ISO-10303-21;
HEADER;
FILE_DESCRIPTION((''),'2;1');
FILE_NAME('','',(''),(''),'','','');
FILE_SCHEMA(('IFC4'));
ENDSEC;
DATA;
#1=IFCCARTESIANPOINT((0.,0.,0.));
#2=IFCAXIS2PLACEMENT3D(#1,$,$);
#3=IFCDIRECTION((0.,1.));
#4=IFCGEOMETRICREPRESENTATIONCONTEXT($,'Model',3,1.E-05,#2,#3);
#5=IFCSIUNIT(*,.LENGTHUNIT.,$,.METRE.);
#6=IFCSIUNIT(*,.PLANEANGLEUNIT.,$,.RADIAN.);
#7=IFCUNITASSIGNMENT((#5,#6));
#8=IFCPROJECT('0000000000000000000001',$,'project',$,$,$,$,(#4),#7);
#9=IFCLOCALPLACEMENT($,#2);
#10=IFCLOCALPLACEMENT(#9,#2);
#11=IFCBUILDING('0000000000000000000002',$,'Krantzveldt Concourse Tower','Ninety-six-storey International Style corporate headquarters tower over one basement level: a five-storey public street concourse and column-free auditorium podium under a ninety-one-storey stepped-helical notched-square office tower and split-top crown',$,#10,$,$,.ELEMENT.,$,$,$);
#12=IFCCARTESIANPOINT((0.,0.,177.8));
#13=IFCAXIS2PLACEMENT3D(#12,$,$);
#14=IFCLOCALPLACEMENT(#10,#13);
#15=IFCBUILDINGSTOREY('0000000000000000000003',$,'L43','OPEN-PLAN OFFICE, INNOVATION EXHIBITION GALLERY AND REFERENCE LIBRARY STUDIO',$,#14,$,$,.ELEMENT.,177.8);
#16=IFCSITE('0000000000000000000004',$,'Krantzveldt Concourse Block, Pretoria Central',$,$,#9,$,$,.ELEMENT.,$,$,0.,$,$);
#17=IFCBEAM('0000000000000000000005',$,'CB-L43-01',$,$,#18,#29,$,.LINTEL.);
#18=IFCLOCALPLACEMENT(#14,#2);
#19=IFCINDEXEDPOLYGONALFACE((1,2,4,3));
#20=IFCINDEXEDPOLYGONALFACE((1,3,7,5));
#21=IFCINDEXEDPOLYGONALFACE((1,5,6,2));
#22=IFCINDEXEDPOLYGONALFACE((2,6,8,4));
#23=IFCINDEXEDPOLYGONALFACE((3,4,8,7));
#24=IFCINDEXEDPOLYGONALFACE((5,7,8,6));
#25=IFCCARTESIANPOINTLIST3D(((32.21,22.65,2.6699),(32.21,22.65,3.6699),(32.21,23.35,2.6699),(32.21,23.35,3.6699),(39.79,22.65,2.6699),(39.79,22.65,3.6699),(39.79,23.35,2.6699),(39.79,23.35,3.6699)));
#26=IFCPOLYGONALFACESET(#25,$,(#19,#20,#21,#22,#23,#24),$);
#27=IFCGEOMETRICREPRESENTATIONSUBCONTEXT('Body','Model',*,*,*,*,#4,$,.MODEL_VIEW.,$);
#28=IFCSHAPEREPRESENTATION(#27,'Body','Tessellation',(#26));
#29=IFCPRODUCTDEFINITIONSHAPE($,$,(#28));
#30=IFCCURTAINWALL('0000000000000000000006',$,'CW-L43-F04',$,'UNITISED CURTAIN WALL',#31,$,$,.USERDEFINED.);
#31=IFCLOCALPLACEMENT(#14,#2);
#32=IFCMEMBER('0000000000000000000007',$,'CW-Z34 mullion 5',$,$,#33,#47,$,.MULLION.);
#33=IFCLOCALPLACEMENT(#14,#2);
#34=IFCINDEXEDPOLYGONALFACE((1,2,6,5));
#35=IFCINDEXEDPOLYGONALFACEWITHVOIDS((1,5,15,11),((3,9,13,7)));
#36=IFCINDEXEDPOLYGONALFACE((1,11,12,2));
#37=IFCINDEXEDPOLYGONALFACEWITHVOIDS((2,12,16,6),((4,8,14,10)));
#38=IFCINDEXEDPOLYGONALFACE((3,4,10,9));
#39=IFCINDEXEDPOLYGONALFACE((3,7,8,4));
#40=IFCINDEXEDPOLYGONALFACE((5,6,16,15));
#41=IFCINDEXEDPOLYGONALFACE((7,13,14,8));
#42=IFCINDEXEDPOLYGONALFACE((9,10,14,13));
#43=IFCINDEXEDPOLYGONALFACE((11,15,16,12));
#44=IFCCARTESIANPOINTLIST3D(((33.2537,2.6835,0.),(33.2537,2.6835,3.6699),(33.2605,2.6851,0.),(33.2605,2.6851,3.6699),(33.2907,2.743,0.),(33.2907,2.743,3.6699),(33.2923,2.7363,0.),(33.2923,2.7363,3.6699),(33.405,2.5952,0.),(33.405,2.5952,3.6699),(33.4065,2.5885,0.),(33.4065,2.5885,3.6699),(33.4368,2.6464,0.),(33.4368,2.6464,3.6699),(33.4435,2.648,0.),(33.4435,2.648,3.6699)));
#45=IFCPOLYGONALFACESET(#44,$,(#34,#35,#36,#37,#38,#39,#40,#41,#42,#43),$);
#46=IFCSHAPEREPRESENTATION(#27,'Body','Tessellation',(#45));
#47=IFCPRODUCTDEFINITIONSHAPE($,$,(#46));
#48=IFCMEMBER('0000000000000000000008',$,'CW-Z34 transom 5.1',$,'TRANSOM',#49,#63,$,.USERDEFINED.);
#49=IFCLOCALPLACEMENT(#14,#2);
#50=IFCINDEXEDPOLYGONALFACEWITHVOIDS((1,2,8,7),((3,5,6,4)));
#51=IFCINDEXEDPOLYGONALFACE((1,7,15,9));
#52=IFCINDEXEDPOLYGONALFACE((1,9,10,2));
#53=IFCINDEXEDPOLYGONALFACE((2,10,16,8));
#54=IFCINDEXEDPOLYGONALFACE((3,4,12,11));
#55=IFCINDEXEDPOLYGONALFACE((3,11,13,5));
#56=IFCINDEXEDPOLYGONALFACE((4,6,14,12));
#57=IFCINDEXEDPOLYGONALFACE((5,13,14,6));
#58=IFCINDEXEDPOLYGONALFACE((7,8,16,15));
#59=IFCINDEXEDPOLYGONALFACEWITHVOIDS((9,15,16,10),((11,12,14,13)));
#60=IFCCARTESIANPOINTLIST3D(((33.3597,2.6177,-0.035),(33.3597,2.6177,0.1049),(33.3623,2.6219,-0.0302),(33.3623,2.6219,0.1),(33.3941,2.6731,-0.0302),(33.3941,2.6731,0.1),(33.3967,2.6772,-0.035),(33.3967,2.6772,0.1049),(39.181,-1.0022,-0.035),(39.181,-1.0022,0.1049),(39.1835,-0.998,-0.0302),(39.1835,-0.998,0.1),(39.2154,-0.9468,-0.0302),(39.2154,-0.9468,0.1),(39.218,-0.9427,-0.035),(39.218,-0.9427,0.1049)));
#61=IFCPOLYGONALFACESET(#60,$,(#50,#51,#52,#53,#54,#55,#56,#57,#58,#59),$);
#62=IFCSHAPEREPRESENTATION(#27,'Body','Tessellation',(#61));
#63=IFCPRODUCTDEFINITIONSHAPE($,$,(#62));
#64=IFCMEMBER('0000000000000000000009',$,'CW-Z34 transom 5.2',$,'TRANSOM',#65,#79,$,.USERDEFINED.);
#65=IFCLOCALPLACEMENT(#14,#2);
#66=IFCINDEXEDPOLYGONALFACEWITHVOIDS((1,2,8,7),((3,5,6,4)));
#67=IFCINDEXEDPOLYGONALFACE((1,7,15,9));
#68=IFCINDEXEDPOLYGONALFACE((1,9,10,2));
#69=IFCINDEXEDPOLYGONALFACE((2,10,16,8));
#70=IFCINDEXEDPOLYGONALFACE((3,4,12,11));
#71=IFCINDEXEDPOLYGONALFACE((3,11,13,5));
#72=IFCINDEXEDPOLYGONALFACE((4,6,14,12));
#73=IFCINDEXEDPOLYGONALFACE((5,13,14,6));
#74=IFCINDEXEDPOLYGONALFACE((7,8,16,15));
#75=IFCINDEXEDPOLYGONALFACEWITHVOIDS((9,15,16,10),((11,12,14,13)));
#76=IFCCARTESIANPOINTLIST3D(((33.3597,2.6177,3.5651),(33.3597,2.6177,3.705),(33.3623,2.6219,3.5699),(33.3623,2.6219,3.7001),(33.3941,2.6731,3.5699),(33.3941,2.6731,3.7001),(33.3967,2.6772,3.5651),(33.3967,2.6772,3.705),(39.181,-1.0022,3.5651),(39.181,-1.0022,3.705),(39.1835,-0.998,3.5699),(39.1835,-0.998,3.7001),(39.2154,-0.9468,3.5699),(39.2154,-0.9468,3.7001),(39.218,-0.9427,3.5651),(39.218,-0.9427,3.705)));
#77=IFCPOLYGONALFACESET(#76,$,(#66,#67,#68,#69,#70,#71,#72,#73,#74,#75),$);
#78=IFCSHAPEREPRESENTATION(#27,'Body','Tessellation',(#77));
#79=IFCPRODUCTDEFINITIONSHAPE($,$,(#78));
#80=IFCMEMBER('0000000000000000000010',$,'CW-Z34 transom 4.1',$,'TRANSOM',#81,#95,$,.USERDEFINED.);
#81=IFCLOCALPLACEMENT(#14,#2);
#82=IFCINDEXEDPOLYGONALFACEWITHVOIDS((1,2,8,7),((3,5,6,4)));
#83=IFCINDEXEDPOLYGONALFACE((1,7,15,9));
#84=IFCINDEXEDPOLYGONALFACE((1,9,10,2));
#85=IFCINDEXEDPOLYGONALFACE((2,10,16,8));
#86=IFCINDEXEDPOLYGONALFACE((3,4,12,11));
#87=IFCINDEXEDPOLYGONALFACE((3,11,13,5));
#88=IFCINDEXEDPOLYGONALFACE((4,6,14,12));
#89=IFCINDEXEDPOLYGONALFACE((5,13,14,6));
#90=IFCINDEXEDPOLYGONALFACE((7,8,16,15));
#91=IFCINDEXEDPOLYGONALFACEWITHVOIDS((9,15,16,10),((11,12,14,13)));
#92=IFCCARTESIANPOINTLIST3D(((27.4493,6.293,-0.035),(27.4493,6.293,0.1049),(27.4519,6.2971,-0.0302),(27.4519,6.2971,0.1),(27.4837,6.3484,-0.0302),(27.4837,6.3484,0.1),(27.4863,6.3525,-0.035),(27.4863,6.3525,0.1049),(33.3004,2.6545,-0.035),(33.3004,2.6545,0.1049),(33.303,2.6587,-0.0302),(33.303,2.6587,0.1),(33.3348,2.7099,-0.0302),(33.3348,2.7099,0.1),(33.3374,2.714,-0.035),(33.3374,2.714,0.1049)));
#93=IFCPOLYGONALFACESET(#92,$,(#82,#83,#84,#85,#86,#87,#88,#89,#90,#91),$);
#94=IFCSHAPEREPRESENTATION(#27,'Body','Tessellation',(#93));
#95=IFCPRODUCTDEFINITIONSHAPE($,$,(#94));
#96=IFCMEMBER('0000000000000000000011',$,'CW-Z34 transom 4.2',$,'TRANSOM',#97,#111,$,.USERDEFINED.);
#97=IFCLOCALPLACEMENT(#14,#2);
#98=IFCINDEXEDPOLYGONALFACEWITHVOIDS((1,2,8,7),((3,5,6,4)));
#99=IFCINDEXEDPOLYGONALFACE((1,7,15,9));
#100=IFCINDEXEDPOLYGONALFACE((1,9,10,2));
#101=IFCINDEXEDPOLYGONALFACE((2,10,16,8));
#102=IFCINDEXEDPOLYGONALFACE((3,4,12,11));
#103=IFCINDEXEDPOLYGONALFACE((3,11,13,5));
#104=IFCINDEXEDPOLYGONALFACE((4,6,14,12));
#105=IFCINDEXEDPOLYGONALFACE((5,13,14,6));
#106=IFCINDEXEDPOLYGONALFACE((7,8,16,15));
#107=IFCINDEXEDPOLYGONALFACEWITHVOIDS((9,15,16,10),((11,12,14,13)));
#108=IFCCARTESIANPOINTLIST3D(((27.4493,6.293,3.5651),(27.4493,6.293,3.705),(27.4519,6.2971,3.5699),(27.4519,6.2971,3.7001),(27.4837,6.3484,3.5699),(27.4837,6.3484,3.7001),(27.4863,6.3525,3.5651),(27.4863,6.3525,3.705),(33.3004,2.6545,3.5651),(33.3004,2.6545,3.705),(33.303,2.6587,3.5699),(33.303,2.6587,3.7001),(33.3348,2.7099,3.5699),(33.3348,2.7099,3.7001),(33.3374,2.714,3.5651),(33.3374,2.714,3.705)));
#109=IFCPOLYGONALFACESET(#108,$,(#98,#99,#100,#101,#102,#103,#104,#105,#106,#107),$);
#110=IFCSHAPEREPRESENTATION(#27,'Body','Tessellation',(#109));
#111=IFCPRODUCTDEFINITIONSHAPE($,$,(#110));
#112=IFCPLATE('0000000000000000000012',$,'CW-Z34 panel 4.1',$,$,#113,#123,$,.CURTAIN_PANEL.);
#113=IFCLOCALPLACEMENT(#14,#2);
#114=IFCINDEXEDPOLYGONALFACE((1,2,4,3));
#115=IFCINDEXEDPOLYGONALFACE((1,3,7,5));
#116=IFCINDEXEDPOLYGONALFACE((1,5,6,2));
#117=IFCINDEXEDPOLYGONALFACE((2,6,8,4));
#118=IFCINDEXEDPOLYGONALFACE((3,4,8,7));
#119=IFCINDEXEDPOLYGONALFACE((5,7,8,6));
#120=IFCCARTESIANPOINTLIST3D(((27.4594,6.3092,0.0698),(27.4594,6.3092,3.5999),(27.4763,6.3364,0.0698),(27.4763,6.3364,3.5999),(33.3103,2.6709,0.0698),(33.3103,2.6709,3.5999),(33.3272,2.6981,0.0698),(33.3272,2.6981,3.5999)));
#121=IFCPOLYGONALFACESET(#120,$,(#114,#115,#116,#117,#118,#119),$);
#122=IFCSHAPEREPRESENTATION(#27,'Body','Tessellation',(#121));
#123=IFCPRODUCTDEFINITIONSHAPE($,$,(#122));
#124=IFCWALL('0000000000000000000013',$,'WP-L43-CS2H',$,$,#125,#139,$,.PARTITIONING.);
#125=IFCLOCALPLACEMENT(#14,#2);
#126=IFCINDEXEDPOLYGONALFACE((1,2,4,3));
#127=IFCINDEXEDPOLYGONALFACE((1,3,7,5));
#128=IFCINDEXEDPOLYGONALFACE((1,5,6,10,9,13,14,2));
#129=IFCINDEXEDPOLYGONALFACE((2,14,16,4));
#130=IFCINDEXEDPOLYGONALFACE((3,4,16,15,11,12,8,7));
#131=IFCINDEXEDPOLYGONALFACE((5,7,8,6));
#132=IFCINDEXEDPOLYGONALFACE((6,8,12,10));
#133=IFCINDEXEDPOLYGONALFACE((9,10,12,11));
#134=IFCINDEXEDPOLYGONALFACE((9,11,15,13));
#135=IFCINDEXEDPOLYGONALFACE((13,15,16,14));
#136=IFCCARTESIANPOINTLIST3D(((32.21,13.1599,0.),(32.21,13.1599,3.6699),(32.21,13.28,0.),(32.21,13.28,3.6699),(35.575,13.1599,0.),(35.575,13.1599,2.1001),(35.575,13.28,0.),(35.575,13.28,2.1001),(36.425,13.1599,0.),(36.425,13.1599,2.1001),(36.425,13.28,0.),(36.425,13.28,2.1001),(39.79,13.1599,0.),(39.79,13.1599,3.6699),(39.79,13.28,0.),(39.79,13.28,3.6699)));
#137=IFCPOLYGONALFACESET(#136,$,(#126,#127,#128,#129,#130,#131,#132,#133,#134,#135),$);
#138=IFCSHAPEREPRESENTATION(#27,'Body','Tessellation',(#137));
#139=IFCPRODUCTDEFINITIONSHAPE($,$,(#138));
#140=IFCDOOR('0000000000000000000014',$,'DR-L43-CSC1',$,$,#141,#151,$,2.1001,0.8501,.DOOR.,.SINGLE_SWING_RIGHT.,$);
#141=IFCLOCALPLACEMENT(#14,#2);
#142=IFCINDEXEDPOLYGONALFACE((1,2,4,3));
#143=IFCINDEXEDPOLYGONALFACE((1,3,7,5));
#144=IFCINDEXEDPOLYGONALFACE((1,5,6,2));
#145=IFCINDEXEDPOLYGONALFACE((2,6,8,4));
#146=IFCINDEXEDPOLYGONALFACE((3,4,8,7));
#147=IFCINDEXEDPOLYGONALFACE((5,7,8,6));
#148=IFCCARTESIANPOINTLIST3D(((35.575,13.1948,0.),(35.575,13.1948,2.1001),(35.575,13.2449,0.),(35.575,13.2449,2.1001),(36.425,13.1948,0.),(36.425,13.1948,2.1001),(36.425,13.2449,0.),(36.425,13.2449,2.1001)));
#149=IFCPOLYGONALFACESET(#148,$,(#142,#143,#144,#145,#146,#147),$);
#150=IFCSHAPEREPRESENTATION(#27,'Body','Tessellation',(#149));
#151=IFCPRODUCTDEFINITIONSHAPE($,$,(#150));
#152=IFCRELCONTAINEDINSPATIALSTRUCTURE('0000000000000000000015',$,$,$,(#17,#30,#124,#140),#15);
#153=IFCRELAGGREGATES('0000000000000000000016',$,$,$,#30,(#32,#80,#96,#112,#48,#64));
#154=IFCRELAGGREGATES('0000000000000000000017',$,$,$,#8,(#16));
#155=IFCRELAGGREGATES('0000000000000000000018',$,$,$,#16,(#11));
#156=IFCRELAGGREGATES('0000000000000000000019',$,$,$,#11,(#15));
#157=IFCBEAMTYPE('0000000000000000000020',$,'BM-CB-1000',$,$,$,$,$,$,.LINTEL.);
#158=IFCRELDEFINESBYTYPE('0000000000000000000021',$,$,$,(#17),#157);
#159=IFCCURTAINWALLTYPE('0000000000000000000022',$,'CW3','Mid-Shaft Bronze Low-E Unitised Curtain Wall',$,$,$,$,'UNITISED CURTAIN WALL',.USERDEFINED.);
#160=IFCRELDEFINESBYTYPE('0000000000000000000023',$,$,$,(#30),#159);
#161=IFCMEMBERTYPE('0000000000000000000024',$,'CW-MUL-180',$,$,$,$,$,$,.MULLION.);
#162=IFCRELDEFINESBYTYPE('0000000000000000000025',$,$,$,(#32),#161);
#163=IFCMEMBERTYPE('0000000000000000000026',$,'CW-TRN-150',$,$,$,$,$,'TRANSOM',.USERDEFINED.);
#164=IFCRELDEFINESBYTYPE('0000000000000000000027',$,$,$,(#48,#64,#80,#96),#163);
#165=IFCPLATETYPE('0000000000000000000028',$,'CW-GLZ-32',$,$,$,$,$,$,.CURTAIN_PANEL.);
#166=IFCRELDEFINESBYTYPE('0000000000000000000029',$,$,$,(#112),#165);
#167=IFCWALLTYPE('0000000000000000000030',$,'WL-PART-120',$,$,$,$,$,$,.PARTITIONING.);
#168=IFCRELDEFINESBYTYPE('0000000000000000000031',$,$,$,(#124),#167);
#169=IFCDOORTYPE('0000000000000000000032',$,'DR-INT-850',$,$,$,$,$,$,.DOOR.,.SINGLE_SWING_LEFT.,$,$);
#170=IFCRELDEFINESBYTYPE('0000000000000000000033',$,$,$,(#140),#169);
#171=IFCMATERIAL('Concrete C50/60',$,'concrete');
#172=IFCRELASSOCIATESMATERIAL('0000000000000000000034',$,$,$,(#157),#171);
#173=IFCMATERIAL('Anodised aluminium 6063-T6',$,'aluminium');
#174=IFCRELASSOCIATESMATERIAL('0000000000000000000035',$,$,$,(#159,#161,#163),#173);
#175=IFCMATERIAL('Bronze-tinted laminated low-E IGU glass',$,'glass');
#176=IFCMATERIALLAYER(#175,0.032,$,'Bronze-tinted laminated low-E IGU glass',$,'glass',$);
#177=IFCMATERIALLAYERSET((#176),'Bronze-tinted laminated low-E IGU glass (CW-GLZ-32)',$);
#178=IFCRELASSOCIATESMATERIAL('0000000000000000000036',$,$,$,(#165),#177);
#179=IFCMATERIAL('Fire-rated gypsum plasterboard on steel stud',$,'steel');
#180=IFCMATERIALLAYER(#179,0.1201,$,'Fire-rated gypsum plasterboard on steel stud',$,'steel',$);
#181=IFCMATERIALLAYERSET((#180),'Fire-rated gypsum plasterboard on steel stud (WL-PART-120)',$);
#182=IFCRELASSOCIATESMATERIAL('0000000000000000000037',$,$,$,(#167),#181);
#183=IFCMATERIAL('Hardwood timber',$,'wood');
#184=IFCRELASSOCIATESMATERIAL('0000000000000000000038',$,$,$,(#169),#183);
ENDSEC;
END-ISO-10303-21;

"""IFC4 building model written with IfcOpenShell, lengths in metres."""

from ifc_helpers import new_model, si_unit, direction, frame, frame_2d, origin, origin_2d, place, context, subcontext, project, spatial, rectangle, hollow_rectangle, extrude, source, transform, mapped, material, layer, layer_set, material_profile, profile_set, type_object, type_shapes, element, fill, aggregate, save


model = new_model("IFC4")

# Units and contexts
model_context = context("Model", 3, precision=1e-05, world=origin(), true_north=direction((0.0, 1.0)))
body_context = subcontext(model_context, "Body", "Model", "MODEL_VIEW")
ifc_project = project(units=[si_unit("LENGTHUNIT", "METRE"), si_unit("PLANEANGLEUNIT", "RADIAN")], contexts=[model_context])

# Site, building, storey
site_placement = place(None, origin())
site = spatial("IfcSite", under=ifc_project, at=site_placement, Name="Krantzveldt Concourse Block, Pretoria Central", CompositionType="ELEMENT", RefElevation=0.0)
building_placement = place(site_placement, origin())
building = spatial("IfcBuilding", under=site, at=building_placement, Name="Krantzveldt Concourse Tower", Description="Ninety-six-storey International Style corporate headquarters tower over one basement level: a five-storey public street concourse and column-free auditorium podium under a ninety-one-storey stepped-helical notched-square office tower and split-top crown", CompositionType="ELEMENT")
storey_placement = place(building_placement, frame((0.0, 0.0, 177.8)))
storey = spatial("IfcBuildingStorey", under=building, at=storey_placement, Name="L43", Description="OPEN-PLAN OFFICE, INNOVATION EXHIBITION GALLERY AND REFERENCE LIBRARY STUDIO", CompositionType="ELEMENT", Elevation=177.8)

# Beam
ifc_material_1 = material(Name="Concrete C50/60", Category="concrete")
ifc_material_profile_1 = material_profile(ifc_material_1, rectangle(XDim=0.7, YDim=1.0, at=origin_2d()), Name="Concrete C50/60", Category="concrete")
ifc_profile_set_1 = profile_set([ifc_material_profile_1], Name="Concrete C50/60 - RC-CB 700x1000")
beam_type = type_object("IfcBeamType", Name="BM-CB-1000", PredefinedType="LINTEL", material=ifc_profile_set_1)
shared_shape_1 = source(origin(), body_context, "Body", "SweptSolid", [
    extrude(rectangle(XDim=0.7, YDim=1.0, at=origin_2d()), origin(), (0.0, 0.0, 1.0), 7.5801),
])
type_shapes(beam_type, [shared_shape_1])
beam_placement = place(storey_placement, frame((32.21, 23.0, 3.1699), z_axis=(1.0, 0.0, 0.0), x_axis=(0.0, 1.0, 0.0)))
element("IfcBeam", 1, at=beam_placement, inside=storey, type_object=beam_type, Name="CB-L43-01", PredefinedType="LINTEL", context=body_context, shape_type="MappedRepresentation", body=[
    mapped(shared_shape_1, transform((0.0, 0.0, 0.0), x_axis=(1.0, 0.0, 0.0), y_axis=(0.0, 1.0, 0.0), z_axis=(0.0, 0.0, 1.0), scale=1.0)),
])

# Curtain wall, members, plate
ifc_material_2 = material(Name="Anodised aluminium 6063-T6", Category="aluminium")
curtain_wall_type = type_object("IfcCurtainWallType", Name="CW3", Description="Mid-Shaft Bronze Low-E Unitised Curtain Wall", ElementType="UNITISED CURTAIN WALL", PredefinedType="USERDEFINED", material=ifc_material_2)
curtain_wall_placement = place(storey_placement, origin())
curtain_wall = element("IfcCurtainWall", 2, at=curtain_wall_placement, inside=storey, type_object=curtain_wall_type, Name="CW-L43-F04", ObjectType="UNITISED CURTAIN WALL", PredefinedType="USERDEFINED")
ifc_material_profile_2 = material_profile(ifc_material_2, hollow_rectangle(XDim=0.0701, YDim=0.1799, WallThickness=0.0049, at=origin_2d()), Name="Anodised aluminium 6063-T6", Category="aluminium")
ifc_profile_set_2 = profile_set([ifc_material_profile_2], Name="Anodised aluminium 6063-T6 - ALU-MULL 180x70x5")
member_type_1 = type_object("IfcMemberType", Name="CW-MUL-180", PredefinedType="MULLION", material=ifc_profile_set_2)
shared_shape_2 = source(origin(), body_context, "Body", "SweptSolid", [
    extrude(hollow_rectangle(XDim=0.0701, YDim=0.1799, WallThickness=0.0049, at=origin_2d()), origin(), (0.0, 0.0, 1.0), 3.6699),
])
type_shapes(member_type_1, [shared_shape_2])
member_1_placement = place(storey_placement, frame((33.3486, 2.6658, 0.0), z_axis=(0.0, 0.0, 1.0), x_axis=(0.528068, 0.849202, 0.0)))
member_1 = element("IfcMember", 3, at=member_1_placement, type_object=member_type_1, Name="CW-Z34 mullion 5", PredefinedType="MULLION", context=body_context, shape_type="MappedRepresentation", body=[
    mapped(shared_shape_2, transform((0.0, 0.0, 0.0), x_axis=(1.0, 0.0, 0.0), y_axis=(0.0, 1.0, 0.0), z_axis=(0.0, 0.0, 1.0), scale=1.0)),
])
ifc_material_profile_3 = material_profile(ifc_material_2, hollow_rectangle(XDim=0.0701, YDim=0.1399, WallThickness=0.0049, at=origin_2d()), Name="Anodised aluminium 6063-T6", Category="aluminium")
ifc_profile_set_3 = profile_set([ifc_material_profile_3], Name="Anodised aluminium 6063-T6 - ALU-TRAN 140x70x5")
member_type_2 = type_object("IfcMemberType", Name="CW-TRN-150", ElementType="TRANSOM", PredefinedType="USERDEFINED", material=ifc_profile_set_3)
shared_shape_3 = source(origin(), body_context, "Body", "SweptSolid", [
    extrude(hollow_rectangle(XDim=0.0701, YDim=0.1399, WallThickness=0.0049, at=origin_2d()), origin(), (0.0, 0.0, 1.0), 6.855),
])
member_2_placement = place(storey_placement, frame((33.3782, 2.6475, 0.0349), z_axis=(0.849205, -0.528064, 0.0), x_axis=(0.528064, 0.849205, 0.0)))
member_2 = element("IfcMember", 4, at=member_2_placement, type_object=member_type_2, Name="CW-Z34 transom 5.1", ObjectType="TRANSOM", PredefinedType="USERDEFINED", context=body_context, shape_type="MappedRepresentation", body=[
    mapped(shared_shape_3, transform((0.0, 0.0, 0.0), x_axis=(1.0, 0.0, 0.0), y_axis=(0.0, 1.0, 0.0), z_axis=(0.0, 0.0, 1.0), scale=1.0)),
])
member_3_placement = place(storey_placement, frame((33.3782, 2.6475, 3.635), z_axis=(0.849205, -0.528064, 0.0), x_axis=(0.528064, 0.849205, 0.0)))
member_3 = element("IfcMember", 5, at=member_3_placement, type_object=member_type_2, Name="CW-Z34 transom 5.2", ObjectType="TRANSOM", PredefinedType="USERDEFINED", context=body_context, shape_type="MappedRepresentation", body=[
    mapped(shared_shape_3, transform((0.0, 0.0, 0.0), x_axis=(1.0, 0.0, 0.0), y_axis=(0.0, 1.0, 0.0), z_axis=(0.0, 0.0, 1.0), scale=1.0)),
])
shared_shape_4 = source(origin(), body_context, "Body", "SweptSolid", [
    extrude(hollow_rectangle(XDim=0.0701, YDim=0.1399, WallThickness=0.0049, at=origin_2d()), origin(), (0.0, 0.0, 1.0), 6.8901),
])
type_shapes(member_type_2, [shared_shape_3, shared_shape_4])
member_4_placement = place(storey_placement, frame((27.4678, 6.3228, 0.0349), z_axis=(0.849202, -0.528067, 0.0), x_axis=(0.528067, 0.849202, 0.0)))
member_4 = element("IfcMember", 6, at=member_4_placement, type_object=member_type_2, Name="CW-Z34 transom 4.1", ObjectType="TRANSOM", PredefinedType="USERDEFINED", context=body_context, shape_type="MappedRepresentation", body=[
    mapped(shared_shape_4, transform((0.0, 0.0, 0.0), x_axis=(1.0, 0.0, 0.0), y_axis=(0.0, 1.0, 0.0), z_axis=(0.0, 0.0, 1.0), scale=1.0)),
])
member_5_placement = place(storey_placement, frame((27.4678, 6.3228, 3.635), z_axis=(0.849202, -0.528067, 0.0), x_axis=(0.528067, 0.849202, 0.0)))
member_5 = element("IfcMember", 7, at=member_5_placement, type_object=member_type_2, Name="CW-Z34 transom 4.2", ObjectType="TRANSOM", PredefinedType="USERDEFINED", context=body_context, shape_type="MappedRepresentation", body=[
    mapped(shared_shape_4, transform((0.0, 0.0, 0.0), x_axis=(1.0, 0.0, 0.0), y_axis=(0.0, 1.0, 0.0), z_axis=(0.0, 0.0, 1.0), scale=1.0)),
])
ifc_material_3 = material(Name="Bronze-tinted laminated low-E IGU glass", Category="glass")
ifc_layer_1 = layer(ifc_material_3, 0.032, Name="Bronze-tinted laminated low-E IGU glass", Category="glass")
ifc_layer_set_1 = layer_set([ifc_layer_1], Name="Bronze-tinted laminated low-E IGU glass (CW-GLZ-32)")
plate_type = type_object("IfcPlateType", Name="CW-GLZ-32", PredefinedType="CURTAIN_PANEL", material=ifc_layer_set_1)
shared_shape_5 = source(origin(), body_context, "Body", "SweptSolid", [
    extrude(rectangle(XDim=6.8899, YDim=0.032, at=origin_2d()), origin(), (0.0, 0.0, 1.0), 3.53),
])
type_shapes(plate_type, [shared_shape_5])
plate_placement = place(storey_placement, frame((30.3933, 4.5037, 0.0698), z_axis=(0.0, 0.0, 1.0), x_axis=(0.849202, -0.528068, 0.0)))
plate = element("IfcPlate", 8, at=plate_placement, type_object=plate_type, Name="CW-Z34 panel 4.1", PredefinedType="CURTAIN_PANEL", context=body_context, shape_type="MappedRepresentation", body=[
    mapped(shared_shape_5, transform((0.0, 0.0, 0.0), x_axis=(1.0, 0.0, 0.0), y_axis=(0.0, 1.0, 0.0), z_axis=(0.0, 0.0, 1.0), scale=1.0)),
])
aggregate(curtain_wall, [member_1, member_4, member_5, plate, member_2, member_3])

# Wall, opening, door
ifc_material_4 = material(Name="Fire-rated gypsum plasterboard on steel stud", Category="steel")
ifc_layer_2 = layer(ifc_material_4, 0.1201, Name="Fire-rated gypsum plasterboard on steel stud", Category="steel")
ifc_layer_set_2 = layer_set([ifc_layer_2], Name="Fire-rated gypsum plasterboard on steel stud (WL-PART-120)")
wall_type_1 = type_object("IfcWallType", Name="WL-PART-120", PredefinedType="PARTITIONING", material=ifc_layer_set_2)
wall_1_placement = place(storey_placement, frame((32.21, 13.22, 0.0), z_axis=(0.0, 0.0, 1.0), x_axis=(1.0, 0.0, 0.0)))
wall_1 = element("IfcWall", 9, at=wall_1_placement, inside=storey, type_object=wall_type_1, Name="WP-L43-CS2H", PredefinedType="PARTITIONING", context=body_context, shape_type="SweptSolid", body=[
    extrude(rectangle(XDim=7.5801, YDim=0.1201, at=frame_2d((3.79, 0.0))), origin(), (0.0, 0.0, 1.0), 3.6699),
])
opening_1_placement = place(wall_1_placement, frame((3.365, 0.0, 0.0)))
opening_1 = element("IfcOpeningElement", 10, at=opening_1_placement, cuts=wall_1, PredefinedType="OPENING", context=body_context, shape_type="SweptSolid", body=[
    extrude(rectangle(XDim=0.8501, YDim=2.1001, at=frame_2d((0.425, 1.05))), frame((0.0, 0.0701, 0.0), z_axis=(0.0, -1.0, 0.0), x_axis=(1.0, 0.0, 0.0)), (0.0, 0.0, 1.0), 0.1401),
])
ifc_material_5 = material(Name="Hardwood timber", Category="wood")
door_type_1 = type_object("IfcDoorType", Name="DR-INT-850", OperationType="SINGLE_SWING_LEFT", PredefinedType="DOOR", material=ifc_material_5)
door_1_placement = place(opening_1_placement, origin())
door_1 = element("IfcDoor", 11, at=door_1_placement, inside=storey, type_object=door_type_1, Name="DR-L43-CSC1", OperationType="SINGLE_SWING_RIGHT", OverallHeight=2.1001, OverallWidth=0.8501, PredefinedType="DOOR", context=body_context, shape_type="SweptSolid", body=[
    extrude(rectangle(XDim=0.8501, YDim=2.1001, at=frame_2d((0.425, 1.05))), frame((0.0, 0.0249, 0.0), z_axis=(0.0, -1.0, 0.0), x_axis=(1.0, 0.0, 0.0)), (0.0, 0.0, 1.0), 0.05),
])
fill(opening_1, door_1)

save(model, "model.ifc")
